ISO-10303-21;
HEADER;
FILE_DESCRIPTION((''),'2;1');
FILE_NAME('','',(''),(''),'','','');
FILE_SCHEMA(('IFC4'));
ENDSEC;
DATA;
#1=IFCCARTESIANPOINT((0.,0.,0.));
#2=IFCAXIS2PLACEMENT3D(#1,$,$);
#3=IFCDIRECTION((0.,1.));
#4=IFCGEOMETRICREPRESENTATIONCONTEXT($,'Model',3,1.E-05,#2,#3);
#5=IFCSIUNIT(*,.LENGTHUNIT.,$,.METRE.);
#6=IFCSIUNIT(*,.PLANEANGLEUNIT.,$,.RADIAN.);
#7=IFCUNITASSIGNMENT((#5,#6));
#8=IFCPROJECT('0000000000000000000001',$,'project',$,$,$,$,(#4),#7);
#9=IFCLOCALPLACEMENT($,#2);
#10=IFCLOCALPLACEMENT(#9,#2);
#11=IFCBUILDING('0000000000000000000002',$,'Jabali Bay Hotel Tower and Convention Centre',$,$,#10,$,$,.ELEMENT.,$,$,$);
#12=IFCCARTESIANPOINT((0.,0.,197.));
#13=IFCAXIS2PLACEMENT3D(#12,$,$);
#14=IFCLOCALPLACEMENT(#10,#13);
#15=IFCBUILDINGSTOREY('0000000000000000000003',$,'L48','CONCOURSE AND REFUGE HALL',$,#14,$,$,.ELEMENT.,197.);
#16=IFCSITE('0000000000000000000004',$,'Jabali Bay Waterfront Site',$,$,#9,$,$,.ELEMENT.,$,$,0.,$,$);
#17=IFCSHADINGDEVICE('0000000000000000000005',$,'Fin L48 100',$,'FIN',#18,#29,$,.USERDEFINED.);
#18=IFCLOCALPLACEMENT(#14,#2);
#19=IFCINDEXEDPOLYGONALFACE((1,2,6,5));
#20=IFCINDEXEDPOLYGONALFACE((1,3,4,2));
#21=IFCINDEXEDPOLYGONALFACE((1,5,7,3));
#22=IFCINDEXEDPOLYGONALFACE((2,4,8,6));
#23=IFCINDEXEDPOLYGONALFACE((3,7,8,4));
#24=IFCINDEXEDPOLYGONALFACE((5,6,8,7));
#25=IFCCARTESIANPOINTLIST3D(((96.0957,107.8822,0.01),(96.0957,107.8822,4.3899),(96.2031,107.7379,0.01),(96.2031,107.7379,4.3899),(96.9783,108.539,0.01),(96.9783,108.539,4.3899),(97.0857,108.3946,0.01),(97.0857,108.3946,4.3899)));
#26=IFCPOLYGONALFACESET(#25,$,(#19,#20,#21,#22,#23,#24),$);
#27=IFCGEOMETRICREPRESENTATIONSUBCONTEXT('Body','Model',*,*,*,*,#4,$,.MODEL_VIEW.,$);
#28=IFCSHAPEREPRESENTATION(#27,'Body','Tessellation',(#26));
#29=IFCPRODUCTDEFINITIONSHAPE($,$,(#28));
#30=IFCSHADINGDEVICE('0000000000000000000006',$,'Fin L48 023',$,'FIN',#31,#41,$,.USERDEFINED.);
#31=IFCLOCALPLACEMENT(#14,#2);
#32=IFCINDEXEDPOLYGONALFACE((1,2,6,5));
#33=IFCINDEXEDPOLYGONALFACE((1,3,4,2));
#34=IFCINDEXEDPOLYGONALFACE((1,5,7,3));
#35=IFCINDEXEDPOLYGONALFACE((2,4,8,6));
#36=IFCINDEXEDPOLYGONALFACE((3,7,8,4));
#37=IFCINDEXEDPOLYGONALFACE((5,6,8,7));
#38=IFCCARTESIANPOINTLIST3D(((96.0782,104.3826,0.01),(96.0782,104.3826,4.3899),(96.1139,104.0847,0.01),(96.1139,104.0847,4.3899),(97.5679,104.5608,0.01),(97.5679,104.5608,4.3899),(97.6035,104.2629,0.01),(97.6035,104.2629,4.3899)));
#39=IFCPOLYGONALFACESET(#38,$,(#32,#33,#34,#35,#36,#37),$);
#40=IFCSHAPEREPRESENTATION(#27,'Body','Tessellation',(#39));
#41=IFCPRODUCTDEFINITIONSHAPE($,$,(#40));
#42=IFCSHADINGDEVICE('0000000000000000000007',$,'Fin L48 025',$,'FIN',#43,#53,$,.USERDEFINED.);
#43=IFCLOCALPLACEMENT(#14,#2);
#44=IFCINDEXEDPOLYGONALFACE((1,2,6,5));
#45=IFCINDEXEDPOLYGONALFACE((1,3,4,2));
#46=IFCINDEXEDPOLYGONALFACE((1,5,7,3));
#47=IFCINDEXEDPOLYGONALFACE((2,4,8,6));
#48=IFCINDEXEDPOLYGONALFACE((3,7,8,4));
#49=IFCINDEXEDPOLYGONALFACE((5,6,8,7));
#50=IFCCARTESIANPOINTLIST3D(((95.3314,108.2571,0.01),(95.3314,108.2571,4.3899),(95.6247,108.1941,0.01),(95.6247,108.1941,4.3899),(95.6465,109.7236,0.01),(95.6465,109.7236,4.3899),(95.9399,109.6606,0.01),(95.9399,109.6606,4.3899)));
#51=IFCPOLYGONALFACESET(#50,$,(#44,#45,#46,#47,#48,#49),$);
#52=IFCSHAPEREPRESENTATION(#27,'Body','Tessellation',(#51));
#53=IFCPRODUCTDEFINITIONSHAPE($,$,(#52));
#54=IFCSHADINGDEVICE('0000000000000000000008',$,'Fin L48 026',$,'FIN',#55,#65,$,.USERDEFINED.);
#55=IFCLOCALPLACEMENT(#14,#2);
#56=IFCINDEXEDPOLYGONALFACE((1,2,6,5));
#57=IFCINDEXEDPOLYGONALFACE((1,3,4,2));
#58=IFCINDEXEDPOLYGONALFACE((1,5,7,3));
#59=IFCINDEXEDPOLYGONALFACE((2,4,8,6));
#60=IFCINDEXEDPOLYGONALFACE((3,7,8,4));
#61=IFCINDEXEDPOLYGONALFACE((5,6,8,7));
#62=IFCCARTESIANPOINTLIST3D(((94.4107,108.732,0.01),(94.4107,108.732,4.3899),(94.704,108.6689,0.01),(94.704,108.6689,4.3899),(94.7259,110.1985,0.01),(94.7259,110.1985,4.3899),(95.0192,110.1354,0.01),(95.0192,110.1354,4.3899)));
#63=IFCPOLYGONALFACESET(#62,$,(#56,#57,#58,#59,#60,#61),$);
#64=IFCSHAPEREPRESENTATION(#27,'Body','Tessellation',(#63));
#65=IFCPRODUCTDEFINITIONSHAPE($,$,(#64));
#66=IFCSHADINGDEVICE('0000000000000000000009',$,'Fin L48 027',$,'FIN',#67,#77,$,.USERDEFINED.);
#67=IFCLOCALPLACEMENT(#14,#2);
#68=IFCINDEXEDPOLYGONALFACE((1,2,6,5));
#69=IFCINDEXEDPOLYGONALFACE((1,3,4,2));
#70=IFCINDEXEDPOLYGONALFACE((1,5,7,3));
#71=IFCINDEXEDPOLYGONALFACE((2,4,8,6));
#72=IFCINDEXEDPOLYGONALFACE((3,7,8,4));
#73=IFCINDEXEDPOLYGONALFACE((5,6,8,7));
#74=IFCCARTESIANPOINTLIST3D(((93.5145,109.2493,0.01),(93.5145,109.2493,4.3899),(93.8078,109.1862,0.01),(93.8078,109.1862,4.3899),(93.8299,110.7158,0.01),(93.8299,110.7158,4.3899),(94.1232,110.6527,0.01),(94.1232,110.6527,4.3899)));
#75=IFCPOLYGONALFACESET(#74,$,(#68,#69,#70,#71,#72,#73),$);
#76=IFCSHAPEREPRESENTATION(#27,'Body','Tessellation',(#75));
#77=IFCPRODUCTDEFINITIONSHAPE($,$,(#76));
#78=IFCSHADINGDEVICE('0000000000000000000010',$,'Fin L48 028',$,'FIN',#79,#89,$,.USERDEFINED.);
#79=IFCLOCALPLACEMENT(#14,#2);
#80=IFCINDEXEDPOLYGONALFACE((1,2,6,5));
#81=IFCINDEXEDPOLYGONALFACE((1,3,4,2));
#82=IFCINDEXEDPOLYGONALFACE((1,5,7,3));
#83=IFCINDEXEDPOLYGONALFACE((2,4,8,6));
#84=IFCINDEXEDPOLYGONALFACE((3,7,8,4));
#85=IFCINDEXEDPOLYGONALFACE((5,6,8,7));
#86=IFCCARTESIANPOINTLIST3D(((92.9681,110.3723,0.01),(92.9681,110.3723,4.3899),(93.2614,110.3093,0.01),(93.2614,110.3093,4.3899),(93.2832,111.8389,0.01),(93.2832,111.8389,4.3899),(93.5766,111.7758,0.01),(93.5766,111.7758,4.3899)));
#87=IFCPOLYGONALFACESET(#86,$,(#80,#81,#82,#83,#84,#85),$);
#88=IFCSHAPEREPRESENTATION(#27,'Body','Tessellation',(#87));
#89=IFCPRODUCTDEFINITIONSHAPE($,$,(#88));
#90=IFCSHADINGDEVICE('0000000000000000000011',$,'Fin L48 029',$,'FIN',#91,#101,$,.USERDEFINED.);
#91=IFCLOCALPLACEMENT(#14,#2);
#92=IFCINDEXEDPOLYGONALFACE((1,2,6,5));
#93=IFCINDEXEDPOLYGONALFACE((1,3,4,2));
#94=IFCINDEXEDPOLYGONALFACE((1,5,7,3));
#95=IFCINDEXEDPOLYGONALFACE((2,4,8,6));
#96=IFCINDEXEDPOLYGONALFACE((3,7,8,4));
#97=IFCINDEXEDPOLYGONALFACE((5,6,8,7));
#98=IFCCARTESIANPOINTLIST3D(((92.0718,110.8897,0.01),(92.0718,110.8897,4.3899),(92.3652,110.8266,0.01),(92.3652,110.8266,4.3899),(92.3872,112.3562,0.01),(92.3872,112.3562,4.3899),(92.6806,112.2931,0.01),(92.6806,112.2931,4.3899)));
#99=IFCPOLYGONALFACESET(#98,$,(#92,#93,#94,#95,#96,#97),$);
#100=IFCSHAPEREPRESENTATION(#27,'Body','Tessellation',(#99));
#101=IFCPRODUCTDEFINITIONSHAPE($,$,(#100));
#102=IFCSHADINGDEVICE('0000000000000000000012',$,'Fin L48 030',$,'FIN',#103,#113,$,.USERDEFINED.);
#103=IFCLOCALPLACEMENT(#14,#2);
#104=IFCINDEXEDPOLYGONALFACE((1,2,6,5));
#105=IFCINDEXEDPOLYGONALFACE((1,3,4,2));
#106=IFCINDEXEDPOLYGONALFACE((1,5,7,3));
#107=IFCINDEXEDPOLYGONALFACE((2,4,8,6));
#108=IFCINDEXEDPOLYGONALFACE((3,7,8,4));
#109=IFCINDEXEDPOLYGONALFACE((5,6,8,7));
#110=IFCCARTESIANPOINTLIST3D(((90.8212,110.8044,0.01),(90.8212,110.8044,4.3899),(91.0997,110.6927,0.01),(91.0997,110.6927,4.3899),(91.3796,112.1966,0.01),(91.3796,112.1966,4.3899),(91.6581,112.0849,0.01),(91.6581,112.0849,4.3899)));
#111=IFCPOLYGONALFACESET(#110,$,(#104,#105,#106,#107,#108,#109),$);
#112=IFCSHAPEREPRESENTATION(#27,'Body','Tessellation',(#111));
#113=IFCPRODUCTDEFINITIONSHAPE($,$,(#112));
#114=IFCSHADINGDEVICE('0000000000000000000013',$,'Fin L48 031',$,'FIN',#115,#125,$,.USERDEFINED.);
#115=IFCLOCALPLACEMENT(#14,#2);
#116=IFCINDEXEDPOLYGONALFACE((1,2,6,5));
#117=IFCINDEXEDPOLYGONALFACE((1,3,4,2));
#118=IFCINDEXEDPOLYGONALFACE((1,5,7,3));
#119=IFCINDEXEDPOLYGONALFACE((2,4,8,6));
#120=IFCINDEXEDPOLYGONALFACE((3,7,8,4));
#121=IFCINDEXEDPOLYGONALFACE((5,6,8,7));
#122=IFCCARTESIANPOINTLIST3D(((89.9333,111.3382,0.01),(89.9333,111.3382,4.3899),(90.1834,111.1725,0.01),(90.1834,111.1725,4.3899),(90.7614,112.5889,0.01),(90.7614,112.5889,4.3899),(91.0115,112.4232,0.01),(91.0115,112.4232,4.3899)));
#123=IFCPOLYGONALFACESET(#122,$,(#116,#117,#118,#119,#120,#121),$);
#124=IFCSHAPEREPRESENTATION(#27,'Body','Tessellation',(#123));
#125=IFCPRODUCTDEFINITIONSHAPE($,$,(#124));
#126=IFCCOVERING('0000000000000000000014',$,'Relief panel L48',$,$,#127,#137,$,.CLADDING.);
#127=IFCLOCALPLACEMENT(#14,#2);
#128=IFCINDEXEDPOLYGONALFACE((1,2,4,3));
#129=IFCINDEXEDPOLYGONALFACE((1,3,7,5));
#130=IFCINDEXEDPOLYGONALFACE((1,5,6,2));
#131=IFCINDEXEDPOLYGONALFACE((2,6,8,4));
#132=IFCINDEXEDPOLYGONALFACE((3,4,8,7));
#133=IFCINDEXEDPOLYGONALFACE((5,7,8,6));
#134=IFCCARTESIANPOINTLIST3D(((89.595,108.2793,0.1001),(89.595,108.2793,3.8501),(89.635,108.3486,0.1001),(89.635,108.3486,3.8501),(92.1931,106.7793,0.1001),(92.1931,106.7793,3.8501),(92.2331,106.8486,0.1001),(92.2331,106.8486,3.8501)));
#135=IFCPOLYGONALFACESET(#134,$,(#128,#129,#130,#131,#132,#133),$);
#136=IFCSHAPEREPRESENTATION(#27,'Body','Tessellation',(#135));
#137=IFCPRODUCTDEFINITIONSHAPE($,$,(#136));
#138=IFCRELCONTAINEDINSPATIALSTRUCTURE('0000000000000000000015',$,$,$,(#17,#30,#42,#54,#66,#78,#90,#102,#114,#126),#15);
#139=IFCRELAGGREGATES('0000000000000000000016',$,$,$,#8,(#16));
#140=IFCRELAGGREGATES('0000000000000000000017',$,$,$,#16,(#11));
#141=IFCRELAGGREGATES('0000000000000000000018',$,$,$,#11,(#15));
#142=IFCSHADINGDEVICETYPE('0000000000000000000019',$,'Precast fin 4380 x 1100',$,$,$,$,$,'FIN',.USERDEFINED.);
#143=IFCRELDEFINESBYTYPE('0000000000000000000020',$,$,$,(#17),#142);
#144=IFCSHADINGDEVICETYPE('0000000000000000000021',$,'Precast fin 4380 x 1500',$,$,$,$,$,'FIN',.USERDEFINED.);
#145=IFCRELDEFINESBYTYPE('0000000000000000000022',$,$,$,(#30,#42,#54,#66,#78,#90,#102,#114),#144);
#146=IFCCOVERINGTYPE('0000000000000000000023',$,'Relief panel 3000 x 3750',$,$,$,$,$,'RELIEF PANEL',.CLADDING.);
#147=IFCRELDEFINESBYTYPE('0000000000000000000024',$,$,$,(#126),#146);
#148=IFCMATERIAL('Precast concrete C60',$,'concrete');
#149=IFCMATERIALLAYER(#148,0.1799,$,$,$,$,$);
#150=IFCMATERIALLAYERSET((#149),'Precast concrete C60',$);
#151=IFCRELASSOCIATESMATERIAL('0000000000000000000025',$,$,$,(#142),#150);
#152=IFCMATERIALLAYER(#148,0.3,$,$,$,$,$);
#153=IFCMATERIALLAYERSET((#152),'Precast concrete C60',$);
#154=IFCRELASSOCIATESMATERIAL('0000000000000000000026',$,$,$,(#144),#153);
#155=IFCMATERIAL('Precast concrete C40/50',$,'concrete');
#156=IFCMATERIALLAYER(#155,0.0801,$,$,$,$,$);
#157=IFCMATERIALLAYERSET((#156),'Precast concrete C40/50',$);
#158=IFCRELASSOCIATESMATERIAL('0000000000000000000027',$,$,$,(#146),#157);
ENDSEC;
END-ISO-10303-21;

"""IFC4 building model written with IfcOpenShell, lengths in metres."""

from ifc_helpers import new_model, si_unit, direction, frame, frame_2d, origin, origin_2d, place, context, subcontext, project, spatial, rectangle, extrude, material, layer, layer_set, type_object, element, save


model = new_model("IFC4")

# Units and contexts
model_context = context("Model", 3, precision=1e-05, world=origin(), true_north=direction((0.0, 1.0)))
body_context = subcontext(model_context, "Body", "Model", "MODEL_VIEW")
ifc_project = project(units=[si_unit("LENGTHUNIT", "METRE"), si_unit("PLANEANGLEUNIT", "RADIAN")], contexts=[model_context])

# Site, building, storey
site_placement = place(None, origin())
site = spatial("IfcSite", under=ifc_project, at=site_placement, Name="Jabali Bay Waterfront Site", CompositionType="ELEMENT", RefElevation=0.0)
building_placement = place(site_placement, origin())
building = spatial("IfcBuilding", under=site, at=building_placement, Name="Jabali Bay Hotel Tower and Convention Centre", CompositionType="ELEMENT")
storey_placement = place(building_placement, frame((0.0, 0.0, 197.0)))
storey = spatial("IfcBuildingStorey", under=building, at=storey_placement, Name="L48", Description="CONCOURSE AND REFUGE HALL", CompositionType="ELEMENT", Elevation=197.0)

# Shading devices
ifc_material_1 = material(Name="Precast concrete C60", Category="concrete")
ifc_layer_1 = layer(ifc_material_1, 0.1799)
ifc_layer_set_1 = layer_set([ifc_layer_1], Name="Precast concrete C60")
shading_device_type_1 = type_object("IfcShadingDeviceType", Name="Precast fin 4380 x 1100", ElementType="FIN", PredefinedType="USERDEFINED", material=ifc_layer_set_1)
shading_device_1_placement = place(storey_placement, frame((96.1494, 107.8101, 0.01), z_axis=(0.0, 0.0, 1.0), x_axis=(0.802258, 0.596978, 0.0)))
element("IfcShadingDevice", 1, at=shading_device_1_placement, inside=storey, type_object=shading_device_type_1, Name="Fin L48 100", ObjectType="FIN", PredefinedType="USERDEFINED", context=body_context, shape_type="SweptSolid", body=[
    extrude(rectangle(XDim=1.1001, YDim=0.1799, at=frame_2d((0.55, 0.0))), origin(), (0.0, 0.0, 1.0), 4.3799),
])
ifc_layer_2 = layer(ifc_material_1, 0.3)
ifc_layer_set_2 = layer_set([ifc_layer_2], Name="Precast concrete C60")
shading_device_type_2 = type_object("IfcShadingDeviceType", Name="Precast fin 4380 x 1500", ElementType="FIN", PredefinedType="USERDEFINED", material=ifc_layer_set_2)
shading_device_2_placement = place(storey_placement, frame((96.0962, 104.2336, 0.01), z_axis=(0.0, 0.0, 1.0), x_axis=(0.992918, 0.118805, 0.0)))
element("IfcShadingDevice", 2, at=shading_device_2_placement, inside=storey, type_object=shading_device_type_2, Name="Fin L48 023", ObjectType="FIN", PredefinedType="USERDEFINED", context=body_context, shape_type="SweptSolid", body=[
    extrude(rectangle(XDim=1.5002, YDim=0.3, at=frame_2d((0.75, 0.0))), origin(), (0.0, 0.0, 1.0), 4.3799),
])
for number, where, z_axis, x_axis, name in (
    (3, (95.478, 108.2256, 0.01), (0.0, 0.0, 1.0), (0.210118, 0.977676, 0.0), "Fin L48 025"),
    (4, (94.5574, 108.7004, 0.01), (0.0, 0.0, 1.0), (0.210118, 0.977676, 0.0), "Fin L48 026"),
    (5, (93.6611, 109.2178, 0.01), (0.0, 0.0, 1.0), (0.210274, 0.977643, 0.0), "Fin L48 027"),
    (6, (93.1147, 110.3408, 0.01), (0.0, 0.0, 1.0), (0.210118, 0.977676, 0.0), "Fin L48 028"),
    (7, (92.2185, 110.8582, 0.01), (0.0, 0.0, 1.0), (0.210274, 0.977643, 0.0), "Fin L48 029"),
    (8, (90.9604, 110.7485, 0.01), (0.0, 0.0, 1.0), (0.372261, 0.928128, 0.0), "Fin L48 030"),
    (9, (90.0583, 111.2554, 0.01), (0.0, 0.0, 1.0), (0.552068, 0.833799, 0.0), "Fin L48 031"),
):
    element("IfcShadingDevice", number, at=place(storey_placement, frame(where, z_axis=z_axis, x_axis=x_axis)), inside=storey, type_object=shading_device_type_2, Name=name, ObjectType="FIN", PredefinedType="USERDEFINED", context=body_context, shape_type="SweptSolid", body=[
        extrude(rectangle(XDim=1.5, YDim=0.3, at=frame_2d((0.75, 0.0))), origin(), (0.0, 0.0, 1.0), 4.3799),
    ])

# Covering
ifc_material_2 = material(Name="Precast concrete C40/50", Category="concrete")
ifc_layer_3 = layer(ifc_material_2, 0.0801)
ifc_layer_set_3 = layer_set([ifc_layer_3], Name="Precast concrete C40/50")
covering_type = type_object("IfcCoveringType", Name="Relief panel 3000 x 3750", ElementType="RELIEF PANEL", PredefinedType="CLADDING", material=ifc_layer_set_3)
covering_placement = place(storey_placement, frame((90.9141, 107.564, 0.1001), z_axis=(0.0, 0.0, 1.0), x_axis=(0.866025, -0.5, 0.0)))
element("IfcCovering", 10, at=covering_placement, inside=storey, type_object=covering_type, Name="Relief panel L48", PredefinedType="CLADDING", context=body_context, shape_type="SweptSolid", body=[
    extrude(rectangle(XDim=3.0, YDim=0.0801, at=origin_2d()), origin(), (0.0, 0.0, 1.0), 3.75),
])

save(model, "model.ifc")
